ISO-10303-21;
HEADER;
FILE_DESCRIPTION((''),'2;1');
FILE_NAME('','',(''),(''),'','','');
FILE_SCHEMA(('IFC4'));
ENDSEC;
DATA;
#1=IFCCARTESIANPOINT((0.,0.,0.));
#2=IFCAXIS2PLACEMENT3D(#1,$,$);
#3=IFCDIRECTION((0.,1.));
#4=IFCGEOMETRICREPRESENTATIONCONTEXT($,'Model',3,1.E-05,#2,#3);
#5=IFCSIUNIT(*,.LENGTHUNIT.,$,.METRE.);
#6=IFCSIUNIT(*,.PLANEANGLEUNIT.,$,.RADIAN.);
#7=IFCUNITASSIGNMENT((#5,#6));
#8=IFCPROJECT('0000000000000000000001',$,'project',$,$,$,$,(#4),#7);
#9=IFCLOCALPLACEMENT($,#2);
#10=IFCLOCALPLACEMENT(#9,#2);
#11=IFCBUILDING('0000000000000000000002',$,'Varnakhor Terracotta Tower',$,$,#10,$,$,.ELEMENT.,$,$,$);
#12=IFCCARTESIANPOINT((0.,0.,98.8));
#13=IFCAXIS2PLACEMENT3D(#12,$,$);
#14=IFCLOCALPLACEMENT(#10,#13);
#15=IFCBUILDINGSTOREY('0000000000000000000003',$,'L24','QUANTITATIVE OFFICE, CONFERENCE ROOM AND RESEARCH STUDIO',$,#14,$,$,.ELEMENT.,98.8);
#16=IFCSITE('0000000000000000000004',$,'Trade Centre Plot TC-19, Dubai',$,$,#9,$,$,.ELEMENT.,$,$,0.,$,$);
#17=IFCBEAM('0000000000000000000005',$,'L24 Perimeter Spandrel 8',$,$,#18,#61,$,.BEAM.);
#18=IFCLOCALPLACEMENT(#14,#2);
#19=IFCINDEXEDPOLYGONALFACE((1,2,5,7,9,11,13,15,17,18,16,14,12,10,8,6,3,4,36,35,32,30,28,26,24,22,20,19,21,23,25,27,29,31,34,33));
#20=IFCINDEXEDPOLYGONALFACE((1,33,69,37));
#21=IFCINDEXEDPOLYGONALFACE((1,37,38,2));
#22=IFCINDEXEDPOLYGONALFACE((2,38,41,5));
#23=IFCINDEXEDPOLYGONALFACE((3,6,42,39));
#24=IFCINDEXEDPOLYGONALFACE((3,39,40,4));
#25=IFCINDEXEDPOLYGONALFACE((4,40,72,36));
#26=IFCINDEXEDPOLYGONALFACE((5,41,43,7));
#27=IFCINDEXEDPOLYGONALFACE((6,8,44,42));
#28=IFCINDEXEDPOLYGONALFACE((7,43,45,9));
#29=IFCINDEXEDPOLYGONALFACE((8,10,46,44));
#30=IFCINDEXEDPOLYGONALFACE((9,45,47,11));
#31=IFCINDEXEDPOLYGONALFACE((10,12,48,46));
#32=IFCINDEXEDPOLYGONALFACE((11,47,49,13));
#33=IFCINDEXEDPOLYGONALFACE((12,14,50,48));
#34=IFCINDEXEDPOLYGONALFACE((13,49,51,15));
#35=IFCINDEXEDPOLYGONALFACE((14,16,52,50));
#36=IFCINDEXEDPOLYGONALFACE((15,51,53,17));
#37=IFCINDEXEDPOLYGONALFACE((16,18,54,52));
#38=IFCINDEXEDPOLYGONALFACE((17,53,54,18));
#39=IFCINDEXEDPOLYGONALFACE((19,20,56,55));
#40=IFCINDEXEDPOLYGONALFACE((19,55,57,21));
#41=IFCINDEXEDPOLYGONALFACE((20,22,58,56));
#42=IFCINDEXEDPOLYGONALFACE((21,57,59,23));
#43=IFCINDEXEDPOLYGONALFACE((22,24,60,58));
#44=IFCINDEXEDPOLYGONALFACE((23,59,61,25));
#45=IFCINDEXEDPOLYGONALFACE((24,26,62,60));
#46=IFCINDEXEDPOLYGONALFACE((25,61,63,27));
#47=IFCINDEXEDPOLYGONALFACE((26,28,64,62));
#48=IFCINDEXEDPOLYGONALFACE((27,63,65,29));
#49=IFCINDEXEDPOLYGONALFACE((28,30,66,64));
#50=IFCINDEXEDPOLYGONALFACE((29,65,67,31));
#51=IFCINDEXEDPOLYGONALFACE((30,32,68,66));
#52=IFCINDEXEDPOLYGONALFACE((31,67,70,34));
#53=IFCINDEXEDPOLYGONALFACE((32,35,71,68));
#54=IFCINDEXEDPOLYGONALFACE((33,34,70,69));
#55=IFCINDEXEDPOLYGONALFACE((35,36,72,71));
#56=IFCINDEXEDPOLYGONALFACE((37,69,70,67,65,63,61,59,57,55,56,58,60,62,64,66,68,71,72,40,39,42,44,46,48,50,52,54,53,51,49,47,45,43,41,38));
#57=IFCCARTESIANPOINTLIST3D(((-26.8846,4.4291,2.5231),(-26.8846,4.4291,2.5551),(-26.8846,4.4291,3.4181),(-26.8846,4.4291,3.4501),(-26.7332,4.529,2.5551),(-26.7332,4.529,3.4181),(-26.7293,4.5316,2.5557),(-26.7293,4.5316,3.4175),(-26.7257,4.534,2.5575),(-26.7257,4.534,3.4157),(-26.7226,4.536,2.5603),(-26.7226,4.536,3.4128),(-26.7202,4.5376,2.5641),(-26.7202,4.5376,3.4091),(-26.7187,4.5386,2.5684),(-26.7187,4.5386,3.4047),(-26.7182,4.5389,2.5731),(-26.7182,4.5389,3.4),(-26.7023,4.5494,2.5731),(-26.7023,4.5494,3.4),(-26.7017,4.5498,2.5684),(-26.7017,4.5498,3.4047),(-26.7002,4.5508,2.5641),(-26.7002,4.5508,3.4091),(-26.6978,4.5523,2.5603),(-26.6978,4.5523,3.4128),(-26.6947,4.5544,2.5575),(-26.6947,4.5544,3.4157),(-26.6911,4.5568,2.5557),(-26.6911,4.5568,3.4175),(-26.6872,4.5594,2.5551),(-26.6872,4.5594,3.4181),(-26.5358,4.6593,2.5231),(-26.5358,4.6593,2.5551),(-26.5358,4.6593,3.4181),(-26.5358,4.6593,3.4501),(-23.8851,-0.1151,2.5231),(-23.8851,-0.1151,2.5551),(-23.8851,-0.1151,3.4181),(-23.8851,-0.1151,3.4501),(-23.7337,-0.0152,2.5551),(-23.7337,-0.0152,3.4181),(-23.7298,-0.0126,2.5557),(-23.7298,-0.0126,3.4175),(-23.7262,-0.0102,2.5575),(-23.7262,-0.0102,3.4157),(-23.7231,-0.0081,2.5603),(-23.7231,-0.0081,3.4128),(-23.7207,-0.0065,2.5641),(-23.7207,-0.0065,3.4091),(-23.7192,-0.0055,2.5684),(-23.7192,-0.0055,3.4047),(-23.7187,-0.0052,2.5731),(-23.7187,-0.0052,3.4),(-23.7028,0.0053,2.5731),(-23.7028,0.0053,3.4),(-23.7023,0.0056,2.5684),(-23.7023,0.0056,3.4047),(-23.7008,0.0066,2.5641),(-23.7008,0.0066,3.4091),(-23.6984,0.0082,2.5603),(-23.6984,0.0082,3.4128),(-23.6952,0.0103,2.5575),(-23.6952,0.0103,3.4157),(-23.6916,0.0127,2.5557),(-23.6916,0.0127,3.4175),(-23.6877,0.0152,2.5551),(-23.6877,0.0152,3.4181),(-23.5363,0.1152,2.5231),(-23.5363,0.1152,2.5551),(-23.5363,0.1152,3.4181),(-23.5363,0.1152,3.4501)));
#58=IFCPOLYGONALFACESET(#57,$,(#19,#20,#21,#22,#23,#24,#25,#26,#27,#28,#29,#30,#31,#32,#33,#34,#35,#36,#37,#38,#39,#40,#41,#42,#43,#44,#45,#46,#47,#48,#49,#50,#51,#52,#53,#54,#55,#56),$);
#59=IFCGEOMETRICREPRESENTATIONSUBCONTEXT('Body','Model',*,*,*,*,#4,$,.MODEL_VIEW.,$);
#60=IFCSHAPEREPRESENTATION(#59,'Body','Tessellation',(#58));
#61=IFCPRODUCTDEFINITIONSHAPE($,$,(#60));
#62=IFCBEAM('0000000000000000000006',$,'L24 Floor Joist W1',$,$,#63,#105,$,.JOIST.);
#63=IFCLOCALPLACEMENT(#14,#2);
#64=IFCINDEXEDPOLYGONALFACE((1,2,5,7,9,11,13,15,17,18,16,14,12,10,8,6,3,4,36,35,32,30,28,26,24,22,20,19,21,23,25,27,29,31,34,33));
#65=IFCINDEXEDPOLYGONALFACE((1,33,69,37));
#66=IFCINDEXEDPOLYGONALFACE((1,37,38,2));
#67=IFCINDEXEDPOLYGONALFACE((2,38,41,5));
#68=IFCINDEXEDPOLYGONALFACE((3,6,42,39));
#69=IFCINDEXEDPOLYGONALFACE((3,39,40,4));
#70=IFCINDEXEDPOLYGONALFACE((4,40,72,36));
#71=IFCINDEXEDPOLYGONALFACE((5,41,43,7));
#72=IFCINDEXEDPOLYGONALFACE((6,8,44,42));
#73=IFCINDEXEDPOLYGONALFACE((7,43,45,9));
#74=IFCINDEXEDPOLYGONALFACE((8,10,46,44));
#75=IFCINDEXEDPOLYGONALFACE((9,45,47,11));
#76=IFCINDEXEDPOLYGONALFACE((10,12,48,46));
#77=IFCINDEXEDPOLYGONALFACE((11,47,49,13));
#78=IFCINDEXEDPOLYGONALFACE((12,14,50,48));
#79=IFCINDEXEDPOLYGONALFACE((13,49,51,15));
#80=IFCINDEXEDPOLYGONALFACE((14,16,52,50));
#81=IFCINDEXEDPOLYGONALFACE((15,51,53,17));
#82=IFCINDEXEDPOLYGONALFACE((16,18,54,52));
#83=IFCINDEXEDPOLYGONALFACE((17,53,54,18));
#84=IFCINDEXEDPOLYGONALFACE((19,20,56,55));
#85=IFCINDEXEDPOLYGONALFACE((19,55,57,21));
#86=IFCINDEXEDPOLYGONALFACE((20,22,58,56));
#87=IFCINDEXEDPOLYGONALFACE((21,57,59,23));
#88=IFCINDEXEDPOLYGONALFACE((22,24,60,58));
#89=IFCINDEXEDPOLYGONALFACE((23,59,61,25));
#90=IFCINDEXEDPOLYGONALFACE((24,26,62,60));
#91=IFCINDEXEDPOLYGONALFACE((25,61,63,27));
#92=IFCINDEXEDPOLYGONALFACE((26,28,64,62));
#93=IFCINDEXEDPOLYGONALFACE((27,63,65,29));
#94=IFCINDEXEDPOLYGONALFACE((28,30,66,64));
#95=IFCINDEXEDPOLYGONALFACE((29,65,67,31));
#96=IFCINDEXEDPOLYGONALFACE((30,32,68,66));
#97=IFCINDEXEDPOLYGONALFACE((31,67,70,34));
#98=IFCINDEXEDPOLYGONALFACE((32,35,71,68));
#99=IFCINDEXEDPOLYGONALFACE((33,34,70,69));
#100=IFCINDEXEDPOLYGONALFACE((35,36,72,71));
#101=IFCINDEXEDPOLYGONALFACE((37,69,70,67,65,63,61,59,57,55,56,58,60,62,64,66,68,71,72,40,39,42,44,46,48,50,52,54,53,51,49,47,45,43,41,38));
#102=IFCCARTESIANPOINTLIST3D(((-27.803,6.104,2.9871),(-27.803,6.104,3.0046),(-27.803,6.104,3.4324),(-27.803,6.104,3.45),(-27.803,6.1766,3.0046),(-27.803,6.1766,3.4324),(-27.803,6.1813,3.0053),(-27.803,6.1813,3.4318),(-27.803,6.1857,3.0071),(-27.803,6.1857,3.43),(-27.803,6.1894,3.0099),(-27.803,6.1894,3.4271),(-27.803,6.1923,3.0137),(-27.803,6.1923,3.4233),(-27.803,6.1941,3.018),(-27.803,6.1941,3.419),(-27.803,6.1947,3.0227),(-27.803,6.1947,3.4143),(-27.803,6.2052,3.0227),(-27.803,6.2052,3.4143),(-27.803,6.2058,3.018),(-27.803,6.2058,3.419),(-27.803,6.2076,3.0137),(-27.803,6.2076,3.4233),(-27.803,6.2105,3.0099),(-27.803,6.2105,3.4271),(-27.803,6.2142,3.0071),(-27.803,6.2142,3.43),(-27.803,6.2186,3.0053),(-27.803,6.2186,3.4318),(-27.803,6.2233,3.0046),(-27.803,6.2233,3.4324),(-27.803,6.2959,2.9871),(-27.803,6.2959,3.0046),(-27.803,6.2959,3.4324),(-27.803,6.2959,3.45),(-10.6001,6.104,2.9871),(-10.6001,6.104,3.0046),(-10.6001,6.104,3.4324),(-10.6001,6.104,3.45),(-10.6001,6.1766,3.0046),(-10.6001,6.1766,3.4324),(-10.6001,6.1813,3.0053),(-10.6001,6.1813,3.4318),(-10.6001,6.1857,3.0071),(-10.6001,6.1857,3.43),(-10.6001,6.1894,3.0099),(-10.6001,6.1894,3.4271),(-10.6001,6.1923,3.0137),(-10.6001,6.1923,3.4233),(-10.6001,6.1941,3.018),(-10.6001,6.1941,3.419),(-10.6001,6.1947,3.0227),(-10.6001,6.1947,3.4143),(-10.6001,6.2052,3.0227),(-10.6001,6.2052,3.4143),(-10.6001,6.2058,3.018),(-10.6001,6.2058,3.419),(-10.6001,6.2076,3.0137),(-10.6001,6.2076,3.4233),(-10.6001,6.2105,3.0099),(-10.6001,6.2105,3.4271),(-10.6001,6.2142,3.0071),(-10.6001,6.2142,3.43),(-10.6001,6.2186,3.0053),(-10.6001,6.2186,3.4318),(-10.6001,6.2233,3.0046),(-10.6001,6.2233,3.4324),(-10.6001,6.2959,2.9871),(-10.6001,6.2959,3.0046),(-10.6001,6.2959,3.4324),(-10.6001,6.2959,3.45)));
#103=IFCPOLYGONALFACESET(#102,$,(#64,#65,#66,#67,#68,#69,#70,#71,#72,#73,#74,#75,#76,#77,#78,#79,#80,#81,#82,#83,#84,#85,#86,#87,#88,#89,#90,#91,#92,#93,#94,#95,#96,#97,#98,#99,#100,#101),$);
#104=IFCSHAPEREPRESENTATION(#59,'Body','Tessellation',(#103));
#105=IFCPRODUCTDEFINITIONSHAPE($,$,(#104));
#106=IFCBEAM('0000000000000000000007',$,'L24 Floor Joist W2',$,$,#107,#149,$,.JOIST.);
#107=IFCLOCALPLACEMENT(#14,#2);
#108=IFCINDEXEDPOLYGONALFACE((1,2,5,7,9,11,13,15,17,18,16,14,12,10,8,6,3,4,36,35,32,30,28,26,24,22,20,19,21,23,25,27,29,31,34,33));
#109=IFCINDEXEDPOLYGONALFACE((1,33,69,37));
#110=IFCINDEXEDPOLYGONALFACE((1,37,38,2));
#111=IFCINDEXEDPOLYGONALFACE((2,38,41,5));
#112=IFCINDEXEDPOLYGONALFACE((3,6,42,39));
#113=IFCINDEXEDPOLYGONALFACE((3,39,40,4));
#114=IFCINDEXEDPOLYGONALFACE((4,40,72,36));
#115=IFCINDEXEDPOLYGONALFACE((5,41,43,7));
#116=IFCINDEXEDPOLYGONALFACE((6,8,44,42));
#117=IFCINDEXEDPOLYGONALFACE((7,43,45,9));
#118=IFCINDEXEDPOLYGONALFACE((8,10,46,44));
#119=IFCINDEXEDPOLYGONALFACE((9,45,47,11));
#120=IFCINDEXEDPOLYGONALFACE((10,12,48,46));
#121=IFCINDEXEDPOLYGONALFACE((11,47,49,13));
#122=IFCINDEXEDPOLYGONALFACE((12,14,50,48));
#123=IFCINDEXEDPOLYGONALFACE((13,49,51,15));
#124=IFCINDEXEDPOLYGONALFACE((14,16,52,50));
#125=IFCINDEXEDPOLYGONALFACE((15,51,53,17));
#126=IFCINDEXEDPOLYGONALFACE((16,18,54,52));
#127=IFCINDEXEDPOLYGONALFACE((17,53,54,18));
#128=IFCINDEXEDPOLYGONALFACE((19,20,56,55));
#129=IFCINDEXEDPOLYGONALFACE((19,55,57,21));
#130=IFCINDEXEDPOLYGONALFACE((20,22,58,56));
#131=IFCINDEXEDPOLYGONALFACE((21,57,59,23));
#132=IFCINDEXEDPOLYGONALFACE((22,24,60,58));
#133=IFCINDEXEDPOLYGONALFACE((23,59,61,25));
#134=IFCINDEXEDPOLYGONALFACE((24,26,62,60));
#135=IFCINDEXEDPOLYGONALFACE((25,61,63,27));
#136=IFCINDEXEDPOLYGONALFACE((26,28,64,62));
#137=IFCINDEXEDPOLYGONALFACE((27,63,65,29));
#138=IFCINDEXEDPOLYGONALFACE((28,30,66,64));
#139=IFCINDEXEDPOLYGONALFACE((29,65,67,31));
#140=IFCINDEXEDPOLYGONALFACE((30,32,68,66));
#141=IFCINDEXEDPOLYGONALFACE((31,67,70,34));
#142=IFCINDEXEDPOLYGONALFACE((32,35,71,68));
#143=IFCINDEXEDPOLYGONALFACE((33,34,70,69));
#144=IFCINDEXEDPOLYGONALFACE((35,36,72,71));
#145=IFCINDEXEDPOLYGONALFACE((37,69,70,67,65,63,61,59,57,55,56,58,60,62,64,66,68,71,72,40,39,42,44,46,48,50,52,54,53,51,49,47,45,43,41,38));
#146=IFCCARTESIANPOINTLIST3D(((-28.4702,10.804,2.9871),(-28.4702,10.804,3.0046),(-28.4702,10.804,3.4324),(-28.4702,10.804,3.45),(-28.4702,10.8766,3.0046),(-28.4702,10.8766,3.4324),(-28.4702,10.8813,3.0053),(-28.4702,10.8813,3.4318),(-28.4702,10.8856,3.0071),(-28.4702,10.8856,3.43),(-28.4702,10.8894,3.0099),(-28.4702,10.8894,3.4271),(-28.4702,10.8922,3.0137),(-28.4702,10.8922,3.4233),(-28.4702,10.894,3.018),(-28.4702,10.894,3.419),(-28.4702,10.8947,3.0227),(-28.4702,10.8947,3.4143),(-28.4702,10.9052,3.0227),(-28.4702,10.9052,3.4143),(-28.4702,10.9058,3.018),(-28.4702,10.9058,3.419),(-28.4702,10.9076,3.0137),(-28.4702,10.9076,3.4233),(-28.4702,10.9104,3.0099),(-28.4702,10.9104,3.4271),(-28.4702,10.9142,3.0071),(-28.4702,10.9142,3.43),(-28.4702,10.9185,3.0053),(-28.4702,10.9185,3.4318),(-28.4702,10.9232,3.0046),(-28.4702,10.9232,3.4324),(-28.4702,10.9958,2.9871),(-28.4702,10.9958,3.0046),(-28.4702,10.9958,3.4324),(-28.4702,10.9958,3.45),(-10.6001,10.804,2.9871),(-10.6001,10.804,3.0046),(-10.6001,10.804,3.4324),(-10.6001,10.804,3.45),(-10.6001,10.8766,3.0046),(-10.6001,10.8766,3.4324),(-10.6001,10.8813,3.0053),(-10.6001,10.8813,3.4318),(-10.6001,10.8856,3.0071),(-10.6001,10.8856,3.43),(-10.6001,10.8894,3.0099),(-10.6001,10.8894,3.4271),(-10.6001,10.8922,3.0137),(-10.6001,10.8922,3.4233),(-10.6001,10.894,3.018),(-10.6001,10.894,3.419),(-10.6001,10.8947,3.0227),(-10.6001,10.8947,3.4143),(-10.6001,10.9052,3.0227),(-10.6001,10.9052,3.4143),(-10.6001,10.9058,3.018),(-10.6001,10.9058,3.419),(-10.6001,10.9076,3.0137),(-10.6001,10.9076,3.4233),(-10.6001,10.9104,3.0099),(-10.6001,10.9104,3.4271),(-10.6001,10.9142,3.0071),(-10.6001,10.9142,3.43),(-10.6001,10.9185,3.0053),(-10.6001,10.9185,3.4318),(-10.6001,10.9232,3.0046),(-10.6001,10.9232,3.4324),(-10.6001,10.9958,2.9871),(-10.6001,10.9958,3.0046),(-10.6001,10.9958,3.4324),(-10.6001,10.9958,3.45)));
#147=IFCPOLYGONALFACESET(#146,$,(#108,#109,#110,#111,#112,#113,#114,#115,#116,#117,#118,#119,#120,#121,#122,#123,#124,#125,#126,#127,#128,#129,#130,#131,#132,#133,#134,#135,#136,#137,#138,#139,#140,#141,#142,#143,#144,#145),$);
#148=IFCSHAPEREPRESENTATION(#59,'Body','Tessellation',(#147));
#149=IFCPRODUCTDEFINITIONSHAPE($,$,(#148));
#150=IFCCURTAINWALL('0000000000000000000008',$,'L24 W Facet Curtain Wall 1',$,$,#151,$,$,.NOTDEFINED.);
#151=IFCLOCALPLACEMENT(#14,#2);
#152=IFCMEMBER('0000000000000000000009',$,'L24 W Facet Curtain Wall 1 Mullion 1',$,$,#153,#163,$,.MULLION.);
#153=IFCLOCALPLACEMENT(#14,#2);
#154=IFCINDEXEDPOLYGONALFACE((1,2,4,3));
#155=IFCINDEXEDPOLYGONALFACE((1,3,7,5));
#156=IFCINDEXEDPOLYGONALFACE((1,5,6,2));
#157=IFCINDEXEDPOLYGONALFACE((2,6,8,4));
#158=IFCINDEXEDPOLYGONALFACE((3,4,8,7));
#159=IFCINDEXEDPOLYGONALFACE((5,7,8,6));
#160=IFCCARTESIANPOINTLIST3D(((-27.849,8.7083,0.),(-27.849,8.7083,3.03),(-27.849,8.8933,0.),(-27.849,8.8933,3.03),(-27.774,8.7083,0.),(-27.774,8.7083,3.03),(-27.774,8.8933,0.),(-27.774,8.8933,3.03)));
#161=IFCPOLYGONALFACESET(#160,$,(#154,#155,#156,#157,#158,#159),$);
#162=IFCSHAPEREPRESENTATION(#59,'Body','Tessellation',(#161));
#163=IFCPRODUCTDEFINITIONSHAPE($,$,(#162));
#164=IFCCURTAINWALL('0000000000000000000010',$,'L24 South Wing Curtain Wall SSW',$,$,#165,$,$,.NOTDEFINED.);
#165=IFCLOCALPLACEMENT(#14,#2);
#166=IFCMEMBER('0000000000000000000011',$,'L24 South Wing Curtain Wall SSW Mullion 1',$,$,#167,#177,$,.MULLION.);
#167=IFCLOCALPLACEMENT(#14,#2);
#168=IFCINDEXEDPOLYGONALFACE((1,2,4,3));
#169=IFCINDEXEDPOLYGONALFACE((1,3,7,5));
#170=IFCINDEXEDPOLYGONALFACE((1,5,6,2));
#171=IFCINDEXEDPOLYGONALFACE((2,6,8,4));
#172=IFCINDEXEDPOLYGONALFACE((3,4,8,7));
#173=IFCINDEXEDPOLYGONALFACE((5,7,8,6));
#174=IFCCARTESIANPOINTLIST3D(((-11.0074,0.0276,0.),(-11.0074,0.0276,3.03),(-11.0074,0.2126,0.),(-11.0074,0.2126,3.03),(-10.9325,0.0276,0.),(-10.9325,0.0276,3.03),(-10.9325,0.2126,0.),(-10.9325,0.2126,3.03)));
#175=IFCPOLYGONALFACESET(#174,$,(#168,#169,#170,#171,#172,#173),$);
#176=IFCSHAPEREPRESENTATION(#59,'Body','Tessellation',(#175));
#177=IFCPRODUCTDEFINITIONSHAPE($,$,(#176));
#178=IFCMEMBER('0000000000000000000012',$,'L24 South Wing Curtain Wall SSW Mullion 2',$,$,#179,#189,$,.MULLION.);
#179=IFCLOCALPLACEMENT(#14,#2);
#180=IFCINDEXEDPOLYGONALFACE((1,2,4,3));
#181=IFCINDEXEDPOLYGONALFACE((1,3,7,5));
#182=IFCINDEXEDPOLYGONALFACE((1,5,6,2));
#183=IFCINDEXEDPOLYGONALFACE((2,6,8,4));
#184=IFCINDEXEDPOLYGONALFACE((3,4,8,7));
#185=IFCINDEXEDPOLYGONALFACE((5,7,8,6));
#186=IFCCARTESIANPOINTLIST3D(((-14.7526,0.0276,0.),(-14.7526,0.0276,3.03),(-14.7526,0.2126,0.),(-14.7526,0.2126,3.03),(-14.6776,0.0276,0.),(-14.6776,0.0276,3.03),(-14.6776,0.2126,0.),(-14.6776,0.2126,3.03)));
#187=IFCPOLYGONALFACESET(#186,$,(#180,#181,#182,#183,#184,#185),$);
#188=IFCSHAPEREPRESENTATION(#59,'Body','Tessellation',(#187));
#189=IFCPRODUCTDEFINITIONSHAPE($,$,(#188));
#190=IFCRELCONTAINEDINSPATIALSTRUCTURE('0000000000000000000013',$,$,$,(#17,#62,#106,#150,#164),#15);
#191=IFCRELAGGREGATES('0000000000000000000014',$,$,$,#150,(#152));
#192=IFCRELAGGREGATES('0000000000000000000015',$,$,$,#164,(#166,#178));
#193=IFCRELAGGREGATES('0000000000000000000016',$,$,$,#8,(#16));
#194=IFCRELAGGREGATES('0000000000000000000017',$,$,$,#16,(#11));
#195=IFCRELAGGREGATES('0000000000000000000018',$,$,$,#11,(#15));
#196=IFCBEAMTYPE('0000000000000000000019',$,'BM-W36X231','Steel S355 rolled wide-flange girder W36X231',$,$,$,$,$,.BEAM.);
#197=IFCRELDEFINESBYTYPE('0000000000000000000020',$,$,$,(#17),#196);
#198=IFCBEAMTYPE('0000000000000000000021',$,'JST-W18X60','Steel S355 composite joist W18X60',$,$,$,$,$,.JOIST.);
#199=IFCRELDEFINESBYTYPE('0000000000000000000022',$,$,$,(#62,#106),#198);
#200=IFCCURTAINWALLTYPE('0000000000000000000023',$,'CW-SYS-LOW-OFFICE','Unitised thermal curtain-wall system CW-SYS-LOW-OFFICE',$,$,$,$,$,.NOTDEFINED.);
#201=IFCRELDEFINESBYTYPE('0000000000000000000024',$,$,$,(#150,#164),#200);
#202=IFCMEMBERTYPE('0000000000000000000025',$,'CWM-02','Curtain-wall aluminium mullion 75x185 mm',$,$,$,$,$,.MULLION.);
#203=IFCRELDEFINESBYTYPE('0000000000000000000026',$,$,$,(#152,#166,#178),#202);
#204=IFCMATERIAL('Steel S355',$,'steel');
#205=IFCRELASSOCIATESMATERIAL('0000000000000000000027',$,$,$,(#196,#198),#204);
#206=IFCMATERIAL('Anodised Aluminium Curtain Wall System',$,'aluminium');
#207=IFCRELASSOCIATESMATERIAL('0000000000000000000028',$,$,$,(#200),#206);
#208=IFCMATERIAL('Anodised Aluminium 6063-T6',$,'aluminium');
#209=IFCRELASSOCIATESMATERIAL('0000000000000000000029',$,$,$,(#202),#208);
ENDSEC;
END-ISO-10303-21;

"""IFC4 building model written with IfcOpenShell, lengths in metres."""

from ifc_helpers import new_model, si_unit, direction, frame, origin, origin_2d, place, context, subcontext, project, spatial, rectangle, i_section, extrude, source, transform, mapped, material, material_profile, profile_set, type_object, type_shapes, element, aggregate, save


model = new_model("IFC4")

# Units and contexts
model_context = context("Model", 3, precision=1e-05, world=origin(), true_north=direction((0.0, 1.0)))
body_context = subcontext(model_context, "Body", "Model", "MODEL_VIEW")
ifc_project = project(units=[si_unit("LENGTHUNIT", "METRE"), si_unit("PLANEANGLEUNIT", "RADIAN")], contexts=[model_context])

# Site, building, storey
site_placement = place(None, origin())
site = spatial("IfcSite", under=ifc_project, at=site_placement, Name="Trade Centre Plot TC-19, Dubai", CompositionType="ELEMENT", RefElevation=0.0)
building_placement = place(site_placement, origin())
building = spatial("IfcBuilding", under=site, at=building_placement, Name="Varnakhor Terracotta Tower", CompositionType="ELEMENT")
storey_placement = place(building_placement, frame((0.0, 0.0, 98.8)))
storey = spatial("IfcBuildingStorey", under=building, at=storey_placement, Name="L24", Description="QUANTITATIVE OFFICE, CONFERENCE ROOM AND RESEARCH STUDIO", CompositionType="ELEMENT", Elevation=98.8)

# Beams
ifc_material_1 = material(Name="Steel S355", Category="steel")
ifc_material_profile_1 = material_profile(ifc_material_1, i_section(OverallWidth=0.418, OverallDepth=0.927, WebThickness=0.019, FlangeThickness=0.032, FilletRadius=0.0181, at=origin_2d()), Name="W36X231")
ifc_profile_set_1 = profile_set([ifc_material_profile_1], Name="Steel S355")
beam_type_1 = type_object("IfcBeamType", Name="BM-W36X231", Description="Steel S355 rolled wide-flange girder W36X231", PredefinedType="BEAM", material=ifc_profile_set_1)
shared_shape_1 = source(origin(), body_context, "Body", "SweptSolid", [
    extrude(i_section(OverallWidth=0.418, OverallDepth=0.927, WebThickness=0.019, FlangeThickness=0.032, FilletRadius=0.0181, at=origin_2d()), origin(), (0.0, 0.0, 1.0), 5.4448),
])
for number, where, z_axis, x_axis, name in (
    (1, (-26.7102, 4.5442, 2.9866), (0.550887, -0.83458, 0.0), (0.83458, 0.550887, 0.0), "L24 Perimeter Spandrel 8"),
):
    element("IfcBeam", number, at=place(storey_placement, frame(where, z_axis=z_axis, x_axis=x_axis)), inside=storey, type_object=beam_type_1, Name=name, PredefinedType="BEAM", context=body_context, shape_type="MappedRepresentation", body=[
        mapped(shared_shape_1, transform((0.0, 0.0, 0.0), scale=1.0)),
    ])
ifc_material_profile_2 = material_profile(ifc_material_1, i_section(OverallWidth=0.1919, OverallDepth=0.4629, WebThickness=0.0105, FlangeThickness=0.0176, FilletRadius=0.0181, at=origin_2d()), Name="W18X60")
ifc_profile_set_2 = profile_set([ifc_material_profile_2], Name="Steel S355")
beam_type_2 = type_object("IfcBeamType", Name="JST-W18X60", Description="Steel S355 composite joist W18X60", PredefinedType="JOIST", material=ifc_profile_set_2)
shared_shape_2 = source(origin(), body_context, "Body", "SweptSolid", [
    extrude(i_section(OverallWidth=0.1919, OverallDepth=0.4629, WebThickness=0.0105, FlangeThickness=0.0176, FilletRadius=0.0181, at=origin_2d()), origin(), (0.0, 0.0, 1.0), 17.2029),
])
beam_1_placement = place(storey_placement, frame((-27.803, 6.2, 3.2185), z_axis=(1.0, 0.0, 0.0), x_axis=(0.0, 1.0, 0.0)))
element("IfcBeam", 2, at=beam_1_placement, inside=storey, type_object=beam_type_2, Name="L24 Floor Joist W1", PredefinedType="JOIST", context=body_context, shape_type="MappedRepresentation", body=[
    mapped(shared_shape_2, transform((0.0, 0.0, 0.0), scale=1.0)),
])
shared_shape_3 = source(origin(), body_context, "Body", "SweptSolid", [
    extrude(i_section(OverallWidth=0.1919, OverallDepth=0.4629, WebThickness=0.0105, FlangeThickness=0.0176, FilletRadius=0.0181, at=origin_2d()), origin(), (0.0, 0.0, 1.0), 17.8701),
])
beam_2_placement = place(storey_placement, frame((-28.4702, 10.8999, 3.2185), z_axis=(1.0, 0.0, 0.0), x_axis=(0.0, 1.0, 0.0)))
element("IfcBeam", 3, at=beam_2_placement, inside=storey, type_object=beam_type_2, Name="L24 Floor Joist W2", PredefinedType="JOIST", context=body_context, shape_type="MappedRepresentation", body=[
    mapped(shared_shape_3, transform((0.0, 0.0, 0.0), scale=1.0)),
])

# Curtain wall, member
ifc_material_2 = material(Name="Anodised Aluminium Curtain Wall System", Category="aluminium")
curtain_wall_type = type_object("IfcCurtainWallType", Name="CW-SYS-LOW-OFFICE", Description="Unitised thermal curtain-wall system CW-SYS-LOW-OFFICE", PredefinedType="NOTDEFINED", material=ifc_material_2)
curtain_wall_1_placement = place(storey_placement, origin())
curtain_wall_1 = element("IfcCurtainWall", 4, at=curtain_wall_1_placement, inside=storey, type_object=curtain_wall_type, Name="L24 W Facet Curtain Wall 1", PredefinedType="NOTDEFINED")
ifc_material_3 = material(Name="Anodised Aluminium 6063-T6", Category="aluminium")
ifc_material_profile_3 = material_profile(ifc_material_3, rectangle(XDim=0.075, YDim=0.1851, at=origin_2d()), Name="ALU MULLION 75x185")
ifc_profile_set_3 = profile_set([ifc_material_profile_3], Name="Anodised Aluminium 6063-T6")
member_type_1 = type_object("IfcMemberType", Name="CWM-02", Description="Curtain-wall aluminium mullion 75x185 mm", PredefinedType="MULLION", material=ifc_profile_set_3)
shared_shape_4 = source(origin(), body_context, "Body", "SweptSolid", [
    extrude(rectangle(XDim=0.075, YDim=0.1851, at=origin_2d()), origin(), (0.0, 0.0, 1.0), 3.03),
])
type_shapes(member_type_1, [shared_shape_4])
member_1_placement = place(storey_placement, frame((-27.8115, 8.8008, 0.0), z_axis=(0.0, 0.0, 1.0), x_axis=(1.0, 0.0, 0.0)))
member_1 = element("IfcMember", 5, at=member_1_placement, type_object=member_type_1, Name="L24 W Facet Curtain Wall 1 Mullion 1", PredefinedType="MULLION", context=body_context, shape_type="MappedRepresentation", body=[
    mapped(shared_shape_4, transform((0.0, 0.0, 0.0), scale=1.0)),
])

# Curtain wall, members
curtain_wall_2_placement = place(storey_placement, origin())
curtain_wall_2 = element("IfcCurtainWall", 6, at=curtain_wall_2_placement, inside=storey, type_object=curtain_wall_type, Name="L24 South Wing Curtain Wall SSW", PredefinedType="NOTDEFINED")
member_2_placement = place(storey_placement, frame((-10.97, 0.1201, 0.0), z_axis=(0.0, 0.0, 1.0), x_axis=(1.0, 0.0, 0.0)))
member_2 = element("IfcMember", 7, at=member_2_placement, type_object=member_type_1, Name="L24 South Wing Curtain Wall SSW Mullion 1", PredefinedType="MULLION", context=body_context, shape_type="MappedRepresentation", body=[
    mapped(shared_shape_4, transform((0.0, 0.0, 0.0), scale=1.0)),
])
member_3_placement = place(storey_placement, frame((-14.7151, 0.1201, 0.0), z_axis=(0.0, 0.0, 1.0), x_axis=(1.0, 0.0, 0.0)))
member_3 = element("IfcMember", 8, at=member_3_placement, type_object=member_type_1, Name="L24 South Wing Curtain Wall SSW Mullion 2", PredefinedType="MULLION", context=body_context, shape_type="MappedRepresentation", body=[
    mapped(shared_shape_4, transform((0.0, 0.0, 0.0), scale=1.0)),
])

aggregate(curtain_wall_1, [member_1])
aggregate(curtain_wall_2, [member_2, member_3])

save(model, "model.ifc")
